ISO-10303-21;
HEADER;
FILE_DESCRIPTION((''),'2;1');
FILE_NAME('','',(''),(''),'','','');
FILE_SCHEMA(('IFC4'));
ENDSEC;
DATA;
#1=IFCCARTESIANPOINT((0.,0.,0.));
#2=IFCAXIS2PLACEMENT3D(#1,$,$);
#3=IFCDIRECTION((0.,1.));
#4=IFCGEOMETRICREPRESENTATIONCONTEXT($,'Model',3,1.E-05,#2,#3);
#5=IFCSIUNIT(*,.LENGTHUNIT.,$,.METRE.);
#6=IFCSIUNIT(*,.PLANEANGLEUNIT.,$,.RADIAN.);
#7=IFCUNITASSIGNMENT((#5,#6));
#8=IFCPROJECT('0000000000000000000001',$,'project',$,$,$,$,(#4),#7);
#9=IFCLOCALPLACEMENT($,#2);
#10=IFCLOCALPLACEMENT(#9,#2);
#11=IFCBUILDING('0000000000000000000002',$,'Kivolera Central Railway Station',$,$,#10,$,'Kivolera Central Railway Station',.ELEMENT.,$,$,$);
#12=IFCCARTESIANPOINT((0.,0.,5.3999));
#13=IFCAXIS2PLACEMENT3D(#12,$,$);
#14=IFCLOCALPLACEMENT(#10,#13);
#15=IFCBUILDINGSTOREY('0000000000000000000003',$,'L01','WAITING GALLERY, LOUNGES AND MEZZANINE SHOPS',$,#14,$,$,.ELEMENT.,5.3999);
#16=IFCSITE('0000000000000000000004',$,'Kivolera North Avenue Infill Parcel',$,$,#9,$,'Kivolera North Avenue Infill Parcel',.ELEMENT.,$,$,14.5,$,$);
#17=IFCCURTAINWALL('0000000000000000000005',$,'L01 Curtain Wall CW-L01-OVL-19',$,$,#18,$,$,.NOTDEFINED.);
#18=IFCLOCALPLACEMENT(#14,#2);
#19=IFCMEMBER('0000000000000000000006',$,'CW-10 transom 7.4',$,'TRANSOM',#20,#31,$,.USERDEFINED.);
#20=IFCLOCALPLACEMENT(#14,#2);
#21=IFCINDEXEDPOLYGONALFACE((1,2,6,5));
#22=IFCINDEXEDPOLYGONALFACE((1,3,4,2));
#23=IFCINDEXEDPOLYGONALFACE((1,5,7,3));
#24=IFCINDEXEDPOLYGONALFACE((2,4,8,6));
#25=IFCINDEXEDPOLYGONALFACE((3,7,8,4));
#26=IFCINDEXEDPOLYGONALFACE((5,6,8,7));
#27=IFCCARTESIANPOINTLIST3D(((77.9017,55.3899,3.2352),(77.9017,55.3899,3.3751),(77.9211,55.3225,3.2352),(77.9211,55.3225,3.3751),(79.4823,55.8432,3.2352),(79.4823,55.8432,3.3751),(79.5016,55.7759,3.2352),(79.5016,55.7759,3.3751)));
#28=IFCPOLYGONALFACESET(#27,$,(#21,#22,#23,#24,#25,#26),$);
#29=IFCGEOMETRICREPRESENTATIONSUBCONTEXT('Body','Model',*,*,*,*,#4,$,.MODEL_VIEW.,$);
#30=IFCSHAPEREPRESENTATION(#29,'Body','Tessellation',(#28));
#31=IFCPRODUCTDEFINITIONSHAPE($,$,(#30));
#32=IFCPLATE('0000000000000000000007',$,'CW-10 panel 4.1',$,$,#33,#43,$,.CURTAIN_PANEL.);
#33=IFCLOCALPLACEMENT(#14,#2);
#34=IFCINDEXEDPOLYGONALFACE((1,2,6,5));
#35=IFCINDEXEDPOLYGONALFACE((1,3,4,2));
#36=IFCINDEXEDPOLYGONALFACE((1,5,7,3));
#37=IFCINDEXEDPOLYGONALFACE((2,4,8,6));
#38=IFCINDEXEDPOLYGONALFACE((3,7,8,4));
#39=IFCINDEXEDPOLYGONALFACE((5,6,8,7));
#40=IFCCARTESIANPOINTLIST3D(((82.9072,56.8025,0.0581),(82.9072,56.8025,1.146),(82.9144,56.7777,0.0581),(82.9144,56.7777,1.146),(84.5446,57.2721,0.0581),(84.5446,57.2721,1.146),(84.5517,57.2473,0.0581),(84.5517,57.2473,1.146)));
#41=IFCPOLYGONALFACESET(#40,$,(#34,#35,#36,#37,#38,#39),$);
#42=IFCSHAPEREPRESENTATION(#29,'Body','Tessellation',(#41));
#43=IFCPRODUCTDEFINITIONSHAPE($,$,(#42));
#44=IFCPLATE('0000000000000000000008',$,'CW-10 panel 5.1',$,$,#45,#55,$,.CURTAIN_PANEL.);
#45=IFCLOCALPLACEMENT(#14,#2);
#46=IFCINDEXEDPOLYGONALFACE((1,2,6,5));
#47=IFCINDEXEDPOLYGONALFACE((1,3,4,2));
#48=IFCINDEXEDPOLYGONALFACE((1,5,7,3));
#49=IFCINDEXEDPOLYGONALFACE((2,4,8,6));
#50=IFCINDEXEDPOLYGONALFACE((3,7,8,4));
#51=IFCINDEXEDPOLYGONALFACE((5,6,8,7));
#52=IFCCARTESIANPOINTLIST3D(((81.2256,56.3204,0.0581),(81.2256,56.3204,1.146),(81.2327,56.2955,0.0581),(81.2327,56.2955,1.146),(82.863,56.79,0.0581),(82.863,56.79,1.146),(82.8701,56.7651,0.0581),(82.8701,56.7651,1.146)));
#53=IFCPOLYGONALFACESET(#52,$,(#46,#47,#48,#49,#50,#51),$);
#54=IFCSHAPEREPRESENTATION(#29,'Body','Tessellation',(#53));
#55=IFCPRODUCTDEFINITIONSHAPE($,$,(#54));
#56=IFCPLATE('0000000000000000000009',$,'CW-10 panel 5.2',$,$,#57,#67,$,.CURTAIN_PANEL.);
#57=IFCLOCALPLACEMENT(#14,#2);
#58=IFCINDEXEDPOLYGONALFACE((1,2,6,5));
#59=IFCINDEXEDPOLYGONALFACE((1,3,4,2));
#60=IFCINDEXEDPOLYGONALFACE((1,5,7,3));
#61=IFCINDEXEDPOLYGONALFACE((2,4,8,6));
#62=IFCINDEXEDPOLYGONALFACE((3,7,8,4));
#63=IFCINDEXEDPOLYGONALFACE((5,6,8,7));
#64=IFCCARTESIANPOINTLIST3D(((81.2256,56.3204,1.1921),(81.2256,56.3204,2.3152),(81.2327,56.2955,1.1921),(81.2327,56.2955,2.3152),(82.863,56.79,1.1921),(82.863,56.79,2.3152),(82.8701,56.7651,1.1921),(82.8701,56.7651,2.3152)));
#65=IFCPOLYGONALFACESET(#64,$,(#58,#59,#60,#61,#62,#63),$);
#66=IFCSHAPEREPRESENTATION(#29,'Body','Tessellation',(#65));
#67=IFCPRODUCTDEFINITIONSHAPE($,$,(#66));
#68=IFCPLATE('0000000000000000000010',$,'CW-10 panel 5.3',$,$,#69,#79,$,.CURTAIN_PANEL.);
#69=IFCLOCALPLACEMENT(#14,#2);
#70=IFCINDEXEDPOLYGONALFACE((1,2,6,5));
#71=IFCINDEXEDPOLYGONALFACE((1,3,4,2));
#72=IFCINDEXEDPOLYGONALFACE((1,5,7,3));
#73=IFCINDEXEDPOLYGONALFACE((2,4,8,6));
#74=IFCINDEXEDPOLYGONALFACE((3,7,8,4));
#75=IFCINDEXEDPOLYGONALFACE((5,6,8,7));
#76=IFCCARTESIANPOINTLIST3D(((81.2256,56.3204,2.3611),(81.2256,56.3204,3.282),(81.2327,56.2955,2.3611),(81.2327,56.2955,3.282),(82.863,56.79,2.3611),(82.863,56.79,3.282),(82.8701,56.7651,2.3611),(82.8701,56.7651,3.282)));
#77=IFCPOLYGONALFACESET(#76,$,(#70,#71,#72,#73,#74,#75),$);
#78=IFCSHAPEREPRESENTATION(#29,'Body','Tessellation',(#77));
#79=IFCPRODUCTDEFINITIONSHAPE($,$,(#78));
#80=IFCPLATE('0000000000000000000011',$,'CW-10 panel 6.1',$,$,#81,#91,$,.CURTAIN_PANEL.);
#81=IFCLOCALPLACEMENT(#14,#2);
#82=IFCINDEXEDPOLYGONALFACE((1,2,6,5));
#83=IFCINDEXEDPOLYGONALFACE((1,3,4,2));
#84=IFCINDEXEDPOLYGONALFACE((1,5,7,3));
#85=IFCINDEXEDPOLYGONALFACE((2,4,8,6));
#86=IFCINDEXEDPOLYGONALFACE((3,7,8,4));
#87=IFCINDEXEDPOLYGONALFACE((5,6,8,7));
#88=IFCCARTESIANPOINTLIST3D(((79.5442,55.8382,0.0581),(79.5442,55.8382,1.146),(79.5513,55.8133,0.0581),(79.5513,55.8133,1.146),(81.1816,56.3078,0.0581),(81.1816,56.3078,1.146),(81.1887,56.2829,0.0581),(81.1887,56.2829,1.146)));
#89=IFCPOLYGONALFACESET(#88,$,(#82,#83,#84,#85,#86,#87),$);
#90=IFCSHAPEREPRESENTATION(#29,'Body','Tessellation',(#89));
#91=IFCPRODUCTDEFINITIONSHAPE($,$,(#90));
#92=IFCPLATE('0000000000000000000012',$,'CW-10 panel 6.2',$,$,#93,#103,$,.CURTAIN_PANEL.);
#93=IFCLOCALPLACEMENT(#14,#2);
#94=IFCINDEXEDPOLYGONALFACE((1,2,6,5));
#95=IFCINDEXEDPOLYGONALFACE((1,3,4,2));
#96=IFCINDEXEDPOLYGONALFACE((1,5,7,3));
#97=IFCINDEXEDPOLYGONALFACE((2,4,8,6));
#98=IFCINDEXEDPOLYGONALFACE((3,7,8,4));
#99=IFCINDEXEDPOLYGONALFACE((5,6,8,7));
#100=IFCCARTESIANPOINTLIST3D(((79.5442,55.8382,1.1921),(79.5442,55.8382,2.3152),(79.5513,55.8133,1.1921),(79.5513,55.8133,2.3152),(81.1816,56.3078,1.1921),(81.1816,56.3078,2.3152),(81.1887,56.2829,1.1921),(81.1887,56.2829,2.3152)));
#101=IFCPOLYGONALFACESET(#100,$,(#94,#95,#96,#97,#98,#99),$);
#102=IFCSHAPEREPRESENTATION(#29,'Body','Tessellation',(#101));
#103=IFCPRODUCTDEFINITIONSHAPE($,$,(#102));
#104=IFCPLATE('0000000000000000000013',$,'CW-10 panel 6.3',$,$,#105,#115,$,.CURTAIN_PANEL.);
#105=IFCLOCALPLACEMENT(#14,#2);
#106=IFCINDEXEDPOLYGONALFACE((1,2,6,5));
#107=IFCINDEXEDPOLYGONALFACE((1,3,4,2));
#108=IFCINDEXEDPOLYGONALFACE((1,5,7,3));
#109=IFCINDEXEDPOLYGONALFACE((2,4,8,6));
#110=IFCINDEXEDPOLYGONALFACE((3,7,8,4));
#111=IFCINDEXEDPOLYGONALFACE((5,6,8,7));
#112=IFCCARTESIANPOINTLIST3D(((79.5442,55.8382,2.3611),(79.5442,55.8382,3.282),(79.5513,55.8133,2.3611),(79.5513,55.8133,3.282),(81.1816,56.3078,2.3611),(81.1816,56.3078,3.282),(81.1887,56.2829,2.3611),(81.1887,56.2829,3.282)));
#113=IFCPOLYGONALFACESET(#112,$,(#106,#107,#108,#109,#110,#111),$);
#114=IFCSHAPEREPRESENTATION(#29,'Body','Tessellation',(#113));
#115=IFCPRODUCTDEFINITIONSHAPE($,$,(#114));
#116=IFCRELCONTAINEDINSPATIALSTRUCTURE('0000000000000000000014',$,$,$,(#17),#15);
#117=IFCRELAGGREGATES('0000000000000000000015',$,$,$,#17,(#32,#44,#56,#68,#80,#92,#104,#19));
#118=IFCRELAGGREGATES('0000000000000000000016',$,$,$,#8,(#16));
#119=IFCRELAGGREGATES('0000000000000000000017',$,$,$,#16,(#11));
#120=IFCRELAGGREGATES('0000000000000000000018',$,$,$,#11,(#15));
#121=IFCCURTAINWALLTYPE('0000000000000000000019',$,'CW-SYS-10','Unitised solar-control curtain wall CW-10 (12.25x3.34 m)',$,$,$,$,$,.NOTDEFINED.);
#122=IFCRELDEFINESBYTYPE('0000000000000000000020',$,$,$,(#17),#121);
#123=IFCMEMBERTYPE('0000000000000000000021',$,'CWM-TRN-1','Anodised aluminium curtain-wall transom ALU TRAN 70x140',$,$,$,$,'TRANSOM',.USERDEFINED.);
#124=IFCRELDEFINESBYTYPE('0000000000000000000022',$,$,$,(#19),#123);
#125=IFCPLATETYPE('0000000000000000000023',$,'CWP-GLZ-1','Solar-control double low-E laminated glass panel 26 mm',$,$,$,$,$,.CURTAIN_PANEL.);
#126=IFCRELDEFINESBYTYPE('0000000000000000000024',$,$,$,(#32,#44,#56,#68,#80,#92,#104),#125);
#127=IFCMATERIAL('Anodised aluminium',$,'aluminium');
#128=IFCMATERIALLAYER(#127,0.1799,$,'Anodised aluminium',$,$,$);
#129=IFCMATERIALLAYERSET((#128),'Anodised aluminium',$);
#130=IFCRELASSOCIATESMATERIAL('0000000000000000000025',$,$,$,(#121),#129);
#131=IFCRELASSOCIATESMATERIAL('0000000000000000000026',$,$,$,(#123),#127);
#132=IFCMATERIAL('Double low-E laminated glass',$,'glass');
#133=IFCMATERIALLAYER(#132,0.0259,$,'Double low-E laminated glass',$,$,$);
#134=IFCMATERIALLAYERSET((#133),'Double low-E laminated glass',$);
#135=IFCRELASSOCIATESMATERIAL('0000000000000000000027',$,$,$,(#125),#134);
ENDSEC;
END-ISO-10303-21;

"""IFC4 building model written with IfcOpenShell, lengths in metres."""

from ifc_helpers import new_model, si_unit, direction, frame, origin, origin_2d, place, context, subcontext, project, spatial, rectangle, extrude, material, layer, layer_set, material_profile, profile_set, type_object, element, aggregate, save


model = new_model("IFC4")

# Units and contexts
model_context = context("Model", 3, precision=1e-05, world=origin(), true_north=direction((0.0, 1.0)))
body_context = subcontext(model_context, "Body", "Model", "MODEL_VIEW")
ifc_project = project(units=[si_unit("LENGTHUNIT", "METRE"), si_unit("PLANEANGLEUNIT", "RADIAN")], contexts=[model_context])

# Site, building, storey
site_placement = place(None, origin())
site = spatial("IfcSite", under=ifc_project, at=site_placement, Name="Kivolera North Avenue Infill Parcel", LongName="Kivolera North Avenue Infill Parcel", CompositionType="ELEMENT", RefElevation=14.5)
building_placement = place(site_placement, origin())
building = spatial("IfcBuilding", under=site, at=building_placement, Name="Kivolera Central Railway Station", LongName="Kivolera Central Railway Station", CompositionType="ELEMENT")
storey_placement = place(building_placement, frame((0.0, 0.0, 5.3999)))
storey = spatial("IfcBuildingStorey", under=building, at=storey_placement, Name="L01", Description="WAITING GALLERY, LOUNGES AND MEZZANINE SHOPS", CompositionType="ELEMENT", Elevation=5.3999)

# Curtain wall, member, plates
ifc_material_1 = material(Name="Anodised aluminium", Category="aluminium")
ifc_layer_1 = layer(ifc_material_1, 0.1799, Name="Anodised aluminium")
ifc_layer_set_1 = layer_set([ifc_layer_1], Name="Anodised aluminium")
curtain_wall_type = type_object("IfcCurtainWallType", Name="CW-SYS-10", Description="Unitised solar-control curtain wall CW-10 (12.25x3.34 m)", PredefinedType="NOTDEFINED", material=ifc_layer_set_1)
curtain_wall_placement = place(storey_placement, origin())
curtain_wall = element("IfcCurtainWall", 1, at=curtain_wall_placement, inside=storey, type_object=curtain_wall_type, Name="L01 Curtain Wall CW-L01-OVL-19", PredefinedType="NOTDEFINED")
ifc_material_profile_1 = material_profile(ifc_material_1, rectangle(XDim=0.0701, YDim=0.1399, at=origin_2d()), Name="ALU TRAN 70x140")
ifc_profile_set_1 = profile_set([ifc_material_profile_1], Name="Anodised aluminium")
member_type_1 = type_object("IfcMemberType", Name="CWM-TRN-1", Description="Anodised aluminium curtain-wall transom ALU TRAN 70x140", ElementType="TRANSOM", PredefinedType="USERDEFINED", material=ifc_profile_set_1)
member_1_placement = place(storey_placement, frame((79.4919, 55.8096, 3.3052), z_axis=(-0.961238, -0.275721, 0.0), x_axis=(0.275721, -0.961238, 0.0)))
member_1 = element("IfcMember", 2, at=member_1_placement, type_object=member_type_1, Name="CW-10 transom 7.4", ObjectType="TRANSOM", PredefinedType="USERDEFINED", context=body_context, shape_type="SweptSolid", body=[
    extrude(rectangle(XDim=0.0701, YDim=0.1399, at=origin_2d()), origin(), (0.0, 0.0, 1.0), 1.6443),
])
ifc_material_2 = material(Name="Double low-E laminated glass", Category="glass")
ifc_layer_2 = layer(ifc_material_2, 0.0259, Name="Double low-E laminated glass")
ifc_layer_set_2 = layer_set([ifc_layer_2], Name="Double low-E laminated glass")
plate_type = type_object("IfcPlateType", Name="CWP-GLZ-1", Description="Solar-control double low-E laminated glass panel 26 mm", PredefinedType="CURTAIN_PANEL", material=ifc_layer_set_2)
plate_1_placement = place(storey_placement, frame((83.7295, 57.0249, 0.0581), z_axis=(0.0, 0.0, 1.0), x_axis=(-0.961246, -0.275692, 0.0)))
plate_1 = element("IfcPlate", 3, at=plate_1_placement, type_object=plate_type, Name="CW-10 panel 4.1", PredefinedType="CURTAIN_PANEL", context=body_context, shape_type="SweptSolid", body=[
    extrude(rectangle(XDim=1.7034, YDim=0.0259, at=origin_2d()), origin(), (0.0, 0.0, 1.0), 1.0879),
])
plate_2_placement = place(storey_placement, frame((82.0479, 56.5427, 0.0581), z_axis=(0.0, 0.0, 1.0), x_axis=(-0.961246, -0.275692, 0.0)))
plate_2 = element("IfcPlate", 4, at=plate_2_placement, type_object=plate_type, Name="CW-10 panel 5.1", PredefinedType="CURTAIN_PANEL", context=body_context, shape_type="SweptSolid", body=[
    extrude(rectangle(XDim=1.7034, YDim=0.0259, at=origin_2d()), origin(), (0.0, 0.0, 1.0), 1.0879),
])
plate_3_placement = place(storey_placement, frame((82.0479, 56.5427, 1.1921), z_axis=(0.0, 0.0, 1.0), x_axis=(-0.961246, -0.275692, 0.0)))
plate_3 = element("IfcPlate", 5, at=plate_3_placement, type_object=plate_type, Name="CW-10 panel 5.2", PredefinedType="CURTAIN_PANEL", context=body_context, shape_type="SweptSolid", body=[
    extrude(rectangle(XDim=1.7034, YDim=0.0259, at=origin_2d()), origin(), (0.0, 0.0, 1.0), 1.123),
])
plate_4_placement = place(storey_placement, frame((82.0479, 56.5427, 2.3611), z_axis=(0.0, 0.0, 1.0), x_axis=(-0.961246, -0.275692, 0.0)))
plate_4 = element("IfcPlate", 6, at=plate_4_placement, type_object=plate_type, Name="CW-10 panel 5.3", PredefinedType="CURTAIN_PANEL", context=body_context, shape_type="SweptSolid", body=[
    extrude(rectangle(XDim=1.7034, YDim=0.0259, at=origin_2d()), origin(), (0.0, 0.0, 1.0), 0.9209),
])
plate_5_placement = place(storey_placement, frame((80.3665, 56.0605, 0.0581), z_axis=(0.0, 0.0, 1.0), x_axis=(-0.961246, -0.275692, 0.0)))
plate_5 = element("IfcPlate", 7, at=plate_5_placement, type_object=plate_type, Name="CW-10 panel 6.1", PredefinedType="CURTAIN_PANEL", context=body_context, shape_type="SweptSolid", body=[
    extrude(rectangle(XDim=1.7034, YDim=0.0259, at=origin_2d()), origin(), (0.0, 0.0, 1.0), 1.0879),
])
plate_6_placement = place(storey_placement, frame((80.3665, 56.0605, 1.1921), z_axis=(0.0, 0.0, 1.0), x_axis=(-0.961246, -0.275692, 0.0)))
plate_6 = element("IfcPlate", 8, at=plate_6_placement, type_object=plate_type, Name="CW-10 panel 6.2", PredefinedType="CURTAIN_PANEL", context=body_context, shape_type="SweptSolid", body=[
    extrude(rectangle(XDim=1.7034, YDim=0.0259, at=origin_2d()), origin(), (0.0, 0.0, 1.0), 1.123),
])
plate_7_placement = place(storey_placement, frame((80.3665, 56.0605, 2.3611), z_axis=(0.0, 0.0, 1.0), x_axis=(-0.961246, -0.275692, 0.0)))
plate_7 = element("IfcPlate", 9, at=plate_7_placement, type_object=plate_type, Name="CW-10 panel 6.3", PredefinedType="CURTAIN_PANEL", context=body_context, shape_type="SweptSolid", body=[
    extrude(rectangle(XDim=1.7034, YDim=0.0259, at=origin_2d()), origin(), (0.0, 0.0, 1.0), 0.9209),
])
aggregate(curtain_wall, [plate_1, plate_2, plate_3, plate_4, plate_5, plate_6, plate_7, member_1])

save(model, "model.ifc")
